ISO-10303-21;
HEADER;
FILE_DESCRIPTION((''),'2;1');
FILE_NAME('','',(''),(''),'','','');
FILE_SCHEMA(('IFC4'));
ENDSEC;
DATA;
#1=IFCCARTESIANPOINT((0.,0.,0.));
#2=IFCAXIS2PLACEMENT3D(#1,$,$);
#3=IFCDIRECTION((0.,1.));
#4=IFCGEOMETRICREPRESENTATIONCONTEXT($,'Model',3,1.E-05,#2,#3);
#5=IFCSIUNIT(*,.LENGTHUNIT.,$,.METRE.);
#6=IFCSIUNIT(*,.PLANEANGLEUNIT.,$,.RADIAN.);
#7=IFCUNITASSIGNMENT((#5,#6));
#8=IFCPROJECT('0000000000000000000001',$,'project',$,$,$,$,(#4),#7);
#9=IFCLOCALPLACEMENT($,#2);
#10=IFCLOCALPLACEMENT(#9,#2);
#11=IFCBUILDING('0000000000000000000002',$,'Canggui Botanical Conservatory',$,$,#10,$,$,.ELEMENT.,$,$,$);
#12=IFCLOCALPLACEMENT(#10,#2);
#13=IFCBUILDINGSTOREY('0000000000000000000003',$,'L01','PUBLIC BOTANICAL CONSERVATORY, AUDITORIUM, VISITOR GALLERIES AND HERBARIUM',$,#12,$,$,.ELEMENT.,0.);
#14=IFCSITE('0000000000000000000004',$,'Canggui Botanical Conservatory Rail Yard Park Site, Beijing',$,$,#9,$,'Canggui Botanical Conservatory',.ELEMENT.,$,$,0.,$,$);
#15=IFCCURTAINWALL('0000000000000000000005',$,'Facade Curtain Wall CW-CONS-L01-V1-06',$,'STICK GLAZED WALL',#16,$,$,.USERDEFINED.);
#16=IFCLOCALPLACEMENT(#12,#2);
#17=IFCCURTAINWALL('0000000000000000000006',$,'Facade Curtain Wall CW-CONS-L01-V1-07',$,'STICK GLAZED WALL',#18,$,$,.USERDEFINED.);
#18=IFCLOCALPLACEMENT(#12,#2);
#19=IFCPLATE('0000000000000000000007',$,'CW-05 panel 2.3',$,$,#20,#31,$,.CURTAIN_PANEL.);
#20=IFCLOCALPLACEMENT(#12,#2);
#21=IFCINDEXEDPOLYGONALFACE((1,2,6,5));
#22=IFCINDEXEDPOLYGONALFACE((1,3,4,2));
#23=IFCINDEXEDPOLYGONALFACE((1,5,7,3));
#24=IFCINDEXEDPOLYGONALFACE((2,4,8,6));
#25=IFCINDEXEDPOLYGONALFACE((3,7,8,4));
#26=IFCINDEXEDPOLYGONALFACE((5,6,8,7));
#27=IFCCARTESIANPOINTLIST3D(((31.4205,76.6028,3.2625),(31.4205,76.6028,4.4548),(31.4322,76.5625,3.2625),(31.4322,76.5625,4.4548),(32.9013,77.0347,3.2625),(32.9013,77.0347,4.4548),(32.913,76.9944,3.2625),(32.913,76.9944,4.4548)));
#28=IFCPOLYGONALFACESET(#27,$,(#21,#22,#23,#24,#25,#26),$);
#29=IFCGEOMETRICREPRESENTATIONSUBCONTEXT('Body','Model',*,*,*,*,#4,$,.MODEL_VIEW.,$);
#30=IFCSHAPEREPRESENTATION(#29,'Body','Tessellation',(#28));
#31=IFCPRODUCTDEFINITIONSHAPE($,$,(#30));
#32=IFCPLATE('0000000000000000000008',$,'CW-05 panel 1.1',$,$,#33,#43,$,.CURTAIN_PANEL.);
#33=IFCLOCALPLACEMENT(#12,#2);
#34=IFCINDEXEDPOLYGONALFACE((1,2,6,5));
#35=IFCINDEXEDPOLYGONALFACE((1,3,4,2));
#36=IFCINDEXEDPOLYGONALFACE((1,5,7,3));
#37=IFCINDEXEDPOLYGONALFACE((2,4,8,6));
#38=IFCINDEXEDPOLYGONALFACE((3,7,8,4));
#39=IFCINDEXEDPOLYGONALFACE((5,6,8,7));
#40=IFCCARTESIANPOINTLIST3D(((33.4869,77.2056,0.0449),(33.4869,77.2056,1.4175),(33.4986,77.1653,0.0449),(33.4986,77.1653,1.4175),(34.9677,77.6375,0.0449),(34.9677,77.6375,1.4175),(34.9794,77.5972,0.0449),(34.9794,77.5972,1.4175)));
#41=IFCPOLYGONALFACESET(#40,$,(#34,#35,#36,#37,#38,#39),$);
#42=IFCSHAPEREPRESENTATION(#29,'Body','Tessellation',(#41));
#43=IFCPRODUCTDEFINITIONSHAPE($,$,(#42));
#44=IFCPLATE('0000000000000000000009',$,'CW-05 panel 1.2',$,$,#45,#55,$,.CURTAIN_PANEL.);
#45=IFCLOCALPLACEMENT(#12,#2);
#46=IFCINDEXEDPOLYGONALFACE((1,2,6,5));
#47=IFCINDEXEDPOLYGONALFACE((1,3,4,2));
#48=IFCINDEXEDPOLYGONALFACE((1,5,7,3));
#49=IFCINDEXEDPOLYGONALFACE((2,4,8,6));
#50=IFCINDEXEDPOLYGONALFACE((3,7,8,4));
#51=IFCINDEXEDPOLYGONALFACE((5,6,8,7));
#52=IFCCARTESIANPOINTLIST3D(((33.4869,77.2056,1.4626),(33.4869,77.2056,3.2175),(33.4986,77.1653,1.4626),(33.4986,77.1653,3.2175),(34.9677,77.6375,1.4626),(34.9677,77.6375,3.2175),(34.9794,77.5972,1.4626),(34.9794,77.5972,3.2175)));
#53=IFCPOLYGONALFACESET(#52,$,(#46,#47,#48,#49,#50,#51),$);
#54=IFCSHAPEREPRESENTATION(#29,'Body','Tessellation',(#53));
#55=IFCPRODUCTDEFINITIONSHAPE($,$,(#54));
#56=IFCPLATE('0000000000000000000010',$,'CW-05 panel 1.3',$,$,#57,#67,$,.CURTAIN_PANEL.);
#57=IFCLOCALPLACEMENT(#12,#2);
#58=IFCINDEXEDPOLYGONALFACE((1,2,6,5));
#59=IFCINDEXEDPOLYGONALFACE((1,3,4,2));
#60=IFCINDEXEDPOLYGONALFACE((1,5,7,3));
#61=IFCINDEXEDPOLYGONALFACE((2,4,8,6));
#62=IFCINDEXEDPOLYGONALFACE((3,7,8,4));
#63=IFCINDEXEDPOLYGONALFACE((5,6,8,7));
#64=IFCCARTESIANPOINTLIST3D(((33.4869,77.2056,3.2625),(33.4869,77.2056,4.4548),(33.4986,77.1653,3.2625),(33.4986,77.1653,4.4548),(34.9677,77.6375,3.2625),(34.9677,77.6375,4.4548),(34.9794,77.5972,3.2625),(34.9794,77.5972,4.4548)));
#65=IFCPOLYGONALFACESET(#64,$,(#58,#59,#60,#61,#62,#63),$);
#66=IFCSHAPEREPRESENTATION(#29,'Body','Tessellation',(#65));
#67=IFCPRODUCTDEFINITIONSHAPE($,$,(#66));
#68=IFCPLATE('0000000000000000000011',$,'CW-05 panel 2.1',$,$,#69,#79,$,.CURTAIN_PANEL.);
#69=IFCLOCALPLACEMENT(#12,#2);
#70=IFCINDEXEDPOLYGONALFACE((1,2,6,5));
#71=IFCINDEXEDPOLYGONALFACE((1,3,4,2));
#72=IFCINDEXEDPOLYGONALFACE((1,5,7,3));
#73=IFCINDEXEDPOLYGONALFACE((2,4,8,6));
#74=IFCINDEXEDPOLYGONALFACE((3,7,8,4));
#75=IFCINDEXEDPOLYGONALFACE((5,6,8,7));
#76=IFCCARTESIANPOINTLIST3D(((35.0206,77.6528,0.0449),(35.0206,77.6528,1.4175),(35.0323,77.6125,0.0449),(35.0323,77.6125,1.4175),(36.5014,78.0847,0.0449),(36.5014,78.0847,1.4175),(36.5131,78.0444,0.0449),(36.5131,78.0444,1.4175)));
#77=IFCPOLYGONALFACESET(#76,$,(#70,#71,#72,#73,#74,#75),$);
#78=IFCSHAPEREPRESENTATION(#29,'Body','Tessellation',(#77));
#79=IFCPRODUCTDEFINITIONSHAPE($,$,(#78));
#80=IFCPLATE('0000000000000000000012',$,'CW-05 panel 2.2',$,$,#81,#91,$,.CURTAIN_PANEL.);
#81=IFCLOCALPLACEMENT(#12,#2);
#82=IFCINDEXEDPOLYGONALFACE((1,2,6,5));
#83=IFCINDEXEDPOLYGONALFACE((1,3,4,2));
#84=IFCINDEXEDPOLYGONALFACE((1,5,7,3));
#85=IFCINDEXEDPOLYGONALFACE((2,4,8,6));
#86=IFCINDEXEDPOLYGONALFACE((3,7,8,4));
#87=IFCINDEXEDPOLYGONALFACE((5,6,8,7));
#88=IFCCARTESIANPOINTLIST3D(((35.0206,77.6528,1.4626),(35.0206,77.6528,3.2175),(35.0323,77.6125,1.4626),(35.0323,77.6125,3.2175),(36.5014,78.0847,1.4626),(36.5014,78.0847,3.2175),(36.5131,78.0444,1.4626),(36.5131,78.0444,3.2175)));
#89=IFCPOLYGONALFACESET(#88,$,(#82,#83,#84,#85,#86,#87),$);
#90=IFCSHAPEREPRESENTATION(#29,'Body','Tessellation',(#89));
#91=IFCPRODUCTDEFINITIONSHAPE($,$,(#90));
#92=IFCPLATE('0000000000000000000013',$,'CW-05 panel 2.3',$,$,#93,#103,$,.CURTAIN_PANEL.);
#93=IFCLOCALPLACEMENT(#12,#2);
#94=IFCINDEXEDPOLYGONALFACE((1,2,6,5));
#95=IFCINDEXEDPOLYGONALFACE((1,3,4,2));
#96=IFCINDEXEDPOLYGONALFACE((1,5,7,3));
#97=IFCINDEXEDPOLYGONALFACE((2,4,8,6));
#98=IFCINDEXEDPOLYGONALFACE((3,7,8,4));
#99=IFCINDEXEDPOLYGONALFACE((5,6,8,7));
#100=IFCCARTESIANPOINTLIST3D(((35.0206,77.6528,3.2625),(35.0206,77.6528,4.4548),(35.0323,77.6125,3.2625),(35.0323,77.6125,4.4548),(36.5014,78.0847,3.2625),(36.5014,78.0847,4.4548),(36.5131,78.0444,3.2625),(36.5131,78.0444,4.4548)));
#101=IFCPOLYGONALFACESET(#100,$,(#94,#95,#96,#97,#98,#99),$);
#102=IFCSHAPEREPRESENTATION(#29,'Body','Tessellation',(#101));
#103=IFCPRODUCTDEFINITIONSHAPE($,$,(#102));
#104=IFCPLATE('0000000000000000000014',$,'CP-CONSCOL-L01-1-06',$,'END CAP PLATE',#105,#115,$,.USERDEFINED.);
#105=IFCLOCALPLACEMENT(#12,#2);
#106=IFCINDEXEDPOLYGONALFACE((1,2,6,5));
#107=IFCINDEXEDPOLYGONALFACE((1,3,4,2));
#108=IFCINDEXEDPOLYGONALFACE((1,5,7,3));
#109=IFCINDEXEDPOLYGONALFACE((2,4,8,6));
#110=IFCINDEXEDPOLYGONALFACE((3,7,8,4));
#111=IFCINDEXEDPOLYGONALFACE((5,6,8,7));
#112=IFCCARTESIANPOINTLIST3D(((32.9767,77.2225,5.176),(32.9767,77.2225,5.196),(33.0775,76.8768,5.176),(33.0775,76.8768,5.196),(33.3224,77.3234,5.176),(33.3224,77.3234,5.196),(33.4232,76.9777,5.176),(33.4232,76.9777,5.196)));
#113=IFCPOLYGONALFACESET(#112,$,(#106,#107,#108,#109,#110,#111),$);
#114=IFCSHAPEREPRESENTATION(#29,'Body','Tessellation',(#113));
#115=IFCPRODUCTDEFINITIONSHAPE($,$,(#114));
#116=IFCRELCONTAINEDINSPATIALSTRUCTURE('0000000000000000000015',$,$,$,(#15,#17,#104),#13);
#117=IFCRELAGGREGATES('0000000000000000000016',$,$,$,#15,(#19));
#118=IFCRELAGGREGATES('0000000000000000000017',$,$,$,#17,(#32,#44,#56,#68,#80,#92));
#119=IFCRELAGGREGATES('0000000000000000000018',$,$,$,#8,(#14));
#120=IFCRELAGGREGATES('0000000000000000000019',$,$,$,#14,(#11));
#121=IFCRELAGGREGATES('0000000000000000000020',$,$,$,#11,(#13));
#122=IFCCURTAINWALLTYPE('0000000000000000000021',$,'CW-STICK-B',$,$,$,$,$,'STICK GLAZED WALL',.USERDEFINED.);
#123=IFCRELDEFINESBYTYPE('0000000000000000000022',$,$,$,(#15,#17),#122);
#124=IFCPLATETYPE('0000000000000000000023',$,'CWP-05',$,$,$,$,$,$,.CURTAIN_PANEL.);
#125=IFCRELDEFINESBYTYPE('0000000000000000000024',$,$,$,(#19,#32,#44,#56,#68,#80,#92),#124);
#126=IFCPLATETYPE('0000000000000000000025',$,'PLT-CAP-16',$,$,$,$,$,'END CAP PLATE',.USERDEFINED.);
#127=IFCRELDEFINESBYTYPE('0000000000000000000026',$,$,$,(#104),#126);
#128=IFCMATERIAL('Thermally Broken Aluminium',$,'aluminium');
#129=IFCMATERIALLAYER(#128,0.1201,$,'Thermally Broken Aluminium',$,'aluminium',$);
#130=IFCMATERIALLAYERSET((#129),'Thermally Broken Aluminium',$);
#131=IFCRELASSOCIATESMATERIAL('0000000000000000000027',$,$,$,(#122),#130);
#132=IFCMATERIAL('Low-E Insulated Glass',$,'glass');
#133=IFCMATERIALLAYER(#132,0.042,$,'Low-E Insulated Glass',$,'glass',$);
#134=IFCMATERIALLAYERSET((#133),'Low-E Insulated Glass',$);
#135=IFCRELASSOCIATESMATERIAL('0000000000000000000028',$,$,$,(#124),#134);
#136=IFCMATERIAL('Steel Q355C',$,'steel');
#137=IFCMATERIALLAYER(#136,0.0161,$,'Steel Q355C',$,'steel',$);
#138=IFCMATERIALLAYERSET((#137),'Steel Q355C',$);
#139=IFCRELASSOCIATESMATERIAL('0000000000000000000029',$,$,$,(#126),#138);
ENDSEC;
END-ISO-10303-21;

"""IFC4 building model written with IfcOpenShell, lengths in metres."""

from ifc_helpers import new_model, si_unit, direction, frame, origin, origin_2d, place, context, subcontext, project, spatial, rectangle, extrude, material, layer, layer_set, type_object, element, aggregate, save


model = new_model("IFC4")

# Units and contexts
model_context = context("Model", 3, precision=1e-05, world=origin(), true_north=direction((0.0, 1.0)))
body_context = subcontext(model_context, "Body", "Model", "MODEL_VIEW")
ifc_project = project(units=[si_unit("LENGTHUNIT", "METRE"), si_unit("PLANEANGLEUNIT", "RADIAN")], contexts=[model_context])

# Site, building, storey
site_placement = place(None, origin())
site = spatial("IfcSite", under=ifc_project, at=site_placement, Name="Canggui Botanical Conservatory Rail Yard Park Site, Beijing", LongName="Canggui Botanical Conservatory", CompositionType="ELEMENT", RefElevation=0.0)
building_placement = place(site_placement, origin())
building = spatial("IfcBuilding", under=site, at=building_placement, Name="Canggui Botanical Conservatory", CompositionType="ELEMENT")
storey_placement = place(building_placement, origin())
storey = spatial("IfcBuildingStorey", under=building, at=storey_placement, Name="L01", Description="PUBLIC BOTANICAL CONSERVATORY, AUDITORIUM, VISITOR GALLERIES AND HERBARIUM", CompositionType="ELEMENT", Elevation=0.0)

# Shared definitions
ifc_material_1 = material(Name="Steel Q355C", Category="steel")

# Curtain walls
ifc_material_2 = material(Name="Thermally Broken Aluminium", Category="aluminium")
ifc_layer_1 = layer(ifc_material_2, 0.1201, Name="Thermally Broken Aluminium", Category="aluminium")
ifc_layer_set_1 = layer_set([ifc_layer_1], Name="Thermally Broken Aluminium")
curtain_wall_type = type_object("IfcCurtainWallType", Name="CW-STICK-B", ElementType="STICK GLAZED WALL", PredefinedType="USERDEFINED", material=ifc_layer_set_1)
curtain_wall_1_placement = place(storey_placement, origin())
curtain_wall_1 = element("IfcCurtainWall", 1, at=curtain_wall_1_placement, inside=storey, type_object=curtain_wall_type, Name="Facade Curtain Wall CW-CONS-L01-V1-06", ObjectType="STICK GLAZED WALL", PredefinedType="USERDEFINED")
curtain_wall_2_placement = place(storey_placement, origin())
curtain_wall_2 = element("IfcCurtainWall", 2, at=curtain_wall_2_placement, inside=storey, type_object=curtain_wall_type, Name="Facade Curtain Wall CW-CONS-L01-V1-07", ObjectType="STICK GLAZED WALL", PredefinedType="USERDEFINED")

# Plates
ifc_material_3 = material(Name="Low-E Insulated Glass", Category="glass")
ifc_layer_2 = layer(ifc_material_3, 0.042, Name="Low-E Insulated Glass", Category="glass")
ifc_layer_set_2 = layer_set([ifc_layer_2], Name="Low-E Insulated Glass")
plate_type_1 = type_object("IfcPlateType", Name="CWP-05", PredefinedType="CURTAIN_PANEL", material=ifc_layer_set_2)
plate_1_placement = place(storey_placement, frame((32.1667, 76.7986, 3.2625), z_axis=(0.0, 0.0, 1.0), x_axis=(0.96, 0.28, 0.0)))
plate_1 = element("IfcPlate", 3, at=plate_1_placement, type_object=plate_type_1, Name="CW-05 panel 2.3", PredefinedType="CURTAIN_PANEL", context=body_context, shape_type="SweptSolid", body=[
    extrude(rectangle(XDim=1.5425, YDim=0.042, at=origin_2d()), origin(), (0.0, 0.0, 1.0), 1.1924),
])
aggregate(curtain_wall_1, [plate_1])
plate_2_placement = place(storey_placement, frame((34.2332, 77.4014, 0.0449), z_axis=(0.0, 0.0, 1.0), x_axis=(0.96, 0.28, 0.0)))
plate_2 = element("IfcPlate", 4, at=plate_2_placement, type_object=plate_type_1, Name="CW-05 panel 1.1", PredefinedType="CURTAIN_PANEL", context=body_context, shape_type="SweptSolid", body=[
    extrude(rectangle(XDim=1.5425, YDim=0.042, at=origin_2d()), origin(), (0.0, 0.0, 1.0), 1.3726),
])
plate_3_placement = place(storey_placement, frame((34.2332, 77.4014, 1.4626), z_axis=(0.0, 0.0, 1.0), x_axis=(0.96, 0.28, 0.0)))
plate_3 = element("IfcPlate", 5, at=plate_3_placement, type_object=plate_type_1, Name="CW-05 panel 1.2", PredefinedType="CURTAIN_PANEL", context=body_context, shape_type="SweptSolid", body=[
    extrude(rectangle(XDim=1.5425, YDim=0.042, at=origin_2d()), origin(), (0.0, 0.0, 1.0), 1.7549),
])
plate_4_placement = place(storey_placement, frame((34.2332, 77.4014, 3.2625), z_axis=(0.0, 0.0, 1.0), x_axis=(0.96, 0.28, 0.0)))
plate_4 = element("IfcPlate", 6, at=plate_4_placement, type_object=plate_type_1, Name="CW-05 panel 1.3", PredefinedType="CURTAIN_PANEL", context=body_context, shape_type="SweptSolid", body=[
    extrude(rectangle(XDim=1.5425, YDim=0.042, at=origin_2d()), origin(), (0.0, 0.0, 1.0), 1.1924),
])
plate_5_placement = place(storey_placement, frame((35.7668, 77.8486, 0.0449), z_axis=(0.0, 0.0, 1.0), x_axis=(0.96, 0.28, 0.0)))
plate_5 = element("IfcPlate", 7, at=plate_5_placement, type_object=plate_type_1, Name="CW-05 panel 2.1", PredefinedType="CURTAIN_PANEL", context=body_context, shape_type="SweptSolid", body=[
    extrude(rectangle(XDim=1.5425, YDim=0.042, at=origin_2d()), origin(), (0.0, 0.0, 1.0), 1.3726),
])
plate_6_placement = place(storey_placement, frame((35.7668, 77.8486, 1.4626), z_axis=(0.0, 0.0, 1.0), x_axis=(0.96, 0.28, 0.0)))
plate_6 = element("IfcPlate", 8, at=plate_6_placement, type_object=plate_type_1, Name="CW-05 panel 2.2", PredefinedType="CURTAIN_PANEL", context=body_context, shape_type="SweptSolid", body=[
    extrude(rectangle(XDim=1.5425, YDim=0.042, at=origin_2d()), origin(), (0.0, 0.0, 1.0), 1.7549),
])
plate_7_placement = place(storey_placement, frame((35.7668, 77.8486, 3.2625), z_axis=(0.0, 0.0, 1.0), x_axis=(0.96, 0.28, 0.0)))
plate_7 = element("IfcPlate", 9, at=plate_7_placement, type_object=plate_type_1, Name="CW-05 panel 2.3", PredefinedType="CURTAIN_PANEL", context=body_context, shape_type="SweptSolid", body=[
    extrude(rectangle(XDim=1.5425, YDim=0.042, at=origin_2d()), origin(), (0.0, 0.0, 1.0), 1.1924),
])
aggregate(curtain_wall_2, [plate_2, plate_3, plate_4, plate_5, plate_6, plate_7])
ifc_layer_3 = layer(ifc_material_1, 0.0161, Name="Steel Q355C", Category="steel")
ifc_layer_set_3 = layer_set([ifc_layer_3], Name="Steel Q355C")
plate_type_2 = type_object("IfcPlateType", Name="PLT-CAP-16", ElementType="END CAP PLATE", PredefinedType="USERDEFINED", material=ifc_layer_set_3)
plate_8_placement = place(storey_placement, frame((33.2, 77.1001, 5.176), z_axis=(0.0, 0.0, 1.0), x_axis=(0.96, 0.28, 0.0)))
element("IfcPlate", 10, at=plate_8_placement, inside=storey, type_object=plate_type_2, Name="CP-CONSCOL-L01-1-06", ObjectType="END CAP PLATE", PredefinedType="USERDEFINED", context=body_context, shape_type="SweptSolid", body=[
    extrude(rectangle(XDim=0.3601, YDim=0.3601, at=origin_2d()), origin(), (0.0, 0.0, 1.0), 0.02),
])

save(model, "model.ifc")
